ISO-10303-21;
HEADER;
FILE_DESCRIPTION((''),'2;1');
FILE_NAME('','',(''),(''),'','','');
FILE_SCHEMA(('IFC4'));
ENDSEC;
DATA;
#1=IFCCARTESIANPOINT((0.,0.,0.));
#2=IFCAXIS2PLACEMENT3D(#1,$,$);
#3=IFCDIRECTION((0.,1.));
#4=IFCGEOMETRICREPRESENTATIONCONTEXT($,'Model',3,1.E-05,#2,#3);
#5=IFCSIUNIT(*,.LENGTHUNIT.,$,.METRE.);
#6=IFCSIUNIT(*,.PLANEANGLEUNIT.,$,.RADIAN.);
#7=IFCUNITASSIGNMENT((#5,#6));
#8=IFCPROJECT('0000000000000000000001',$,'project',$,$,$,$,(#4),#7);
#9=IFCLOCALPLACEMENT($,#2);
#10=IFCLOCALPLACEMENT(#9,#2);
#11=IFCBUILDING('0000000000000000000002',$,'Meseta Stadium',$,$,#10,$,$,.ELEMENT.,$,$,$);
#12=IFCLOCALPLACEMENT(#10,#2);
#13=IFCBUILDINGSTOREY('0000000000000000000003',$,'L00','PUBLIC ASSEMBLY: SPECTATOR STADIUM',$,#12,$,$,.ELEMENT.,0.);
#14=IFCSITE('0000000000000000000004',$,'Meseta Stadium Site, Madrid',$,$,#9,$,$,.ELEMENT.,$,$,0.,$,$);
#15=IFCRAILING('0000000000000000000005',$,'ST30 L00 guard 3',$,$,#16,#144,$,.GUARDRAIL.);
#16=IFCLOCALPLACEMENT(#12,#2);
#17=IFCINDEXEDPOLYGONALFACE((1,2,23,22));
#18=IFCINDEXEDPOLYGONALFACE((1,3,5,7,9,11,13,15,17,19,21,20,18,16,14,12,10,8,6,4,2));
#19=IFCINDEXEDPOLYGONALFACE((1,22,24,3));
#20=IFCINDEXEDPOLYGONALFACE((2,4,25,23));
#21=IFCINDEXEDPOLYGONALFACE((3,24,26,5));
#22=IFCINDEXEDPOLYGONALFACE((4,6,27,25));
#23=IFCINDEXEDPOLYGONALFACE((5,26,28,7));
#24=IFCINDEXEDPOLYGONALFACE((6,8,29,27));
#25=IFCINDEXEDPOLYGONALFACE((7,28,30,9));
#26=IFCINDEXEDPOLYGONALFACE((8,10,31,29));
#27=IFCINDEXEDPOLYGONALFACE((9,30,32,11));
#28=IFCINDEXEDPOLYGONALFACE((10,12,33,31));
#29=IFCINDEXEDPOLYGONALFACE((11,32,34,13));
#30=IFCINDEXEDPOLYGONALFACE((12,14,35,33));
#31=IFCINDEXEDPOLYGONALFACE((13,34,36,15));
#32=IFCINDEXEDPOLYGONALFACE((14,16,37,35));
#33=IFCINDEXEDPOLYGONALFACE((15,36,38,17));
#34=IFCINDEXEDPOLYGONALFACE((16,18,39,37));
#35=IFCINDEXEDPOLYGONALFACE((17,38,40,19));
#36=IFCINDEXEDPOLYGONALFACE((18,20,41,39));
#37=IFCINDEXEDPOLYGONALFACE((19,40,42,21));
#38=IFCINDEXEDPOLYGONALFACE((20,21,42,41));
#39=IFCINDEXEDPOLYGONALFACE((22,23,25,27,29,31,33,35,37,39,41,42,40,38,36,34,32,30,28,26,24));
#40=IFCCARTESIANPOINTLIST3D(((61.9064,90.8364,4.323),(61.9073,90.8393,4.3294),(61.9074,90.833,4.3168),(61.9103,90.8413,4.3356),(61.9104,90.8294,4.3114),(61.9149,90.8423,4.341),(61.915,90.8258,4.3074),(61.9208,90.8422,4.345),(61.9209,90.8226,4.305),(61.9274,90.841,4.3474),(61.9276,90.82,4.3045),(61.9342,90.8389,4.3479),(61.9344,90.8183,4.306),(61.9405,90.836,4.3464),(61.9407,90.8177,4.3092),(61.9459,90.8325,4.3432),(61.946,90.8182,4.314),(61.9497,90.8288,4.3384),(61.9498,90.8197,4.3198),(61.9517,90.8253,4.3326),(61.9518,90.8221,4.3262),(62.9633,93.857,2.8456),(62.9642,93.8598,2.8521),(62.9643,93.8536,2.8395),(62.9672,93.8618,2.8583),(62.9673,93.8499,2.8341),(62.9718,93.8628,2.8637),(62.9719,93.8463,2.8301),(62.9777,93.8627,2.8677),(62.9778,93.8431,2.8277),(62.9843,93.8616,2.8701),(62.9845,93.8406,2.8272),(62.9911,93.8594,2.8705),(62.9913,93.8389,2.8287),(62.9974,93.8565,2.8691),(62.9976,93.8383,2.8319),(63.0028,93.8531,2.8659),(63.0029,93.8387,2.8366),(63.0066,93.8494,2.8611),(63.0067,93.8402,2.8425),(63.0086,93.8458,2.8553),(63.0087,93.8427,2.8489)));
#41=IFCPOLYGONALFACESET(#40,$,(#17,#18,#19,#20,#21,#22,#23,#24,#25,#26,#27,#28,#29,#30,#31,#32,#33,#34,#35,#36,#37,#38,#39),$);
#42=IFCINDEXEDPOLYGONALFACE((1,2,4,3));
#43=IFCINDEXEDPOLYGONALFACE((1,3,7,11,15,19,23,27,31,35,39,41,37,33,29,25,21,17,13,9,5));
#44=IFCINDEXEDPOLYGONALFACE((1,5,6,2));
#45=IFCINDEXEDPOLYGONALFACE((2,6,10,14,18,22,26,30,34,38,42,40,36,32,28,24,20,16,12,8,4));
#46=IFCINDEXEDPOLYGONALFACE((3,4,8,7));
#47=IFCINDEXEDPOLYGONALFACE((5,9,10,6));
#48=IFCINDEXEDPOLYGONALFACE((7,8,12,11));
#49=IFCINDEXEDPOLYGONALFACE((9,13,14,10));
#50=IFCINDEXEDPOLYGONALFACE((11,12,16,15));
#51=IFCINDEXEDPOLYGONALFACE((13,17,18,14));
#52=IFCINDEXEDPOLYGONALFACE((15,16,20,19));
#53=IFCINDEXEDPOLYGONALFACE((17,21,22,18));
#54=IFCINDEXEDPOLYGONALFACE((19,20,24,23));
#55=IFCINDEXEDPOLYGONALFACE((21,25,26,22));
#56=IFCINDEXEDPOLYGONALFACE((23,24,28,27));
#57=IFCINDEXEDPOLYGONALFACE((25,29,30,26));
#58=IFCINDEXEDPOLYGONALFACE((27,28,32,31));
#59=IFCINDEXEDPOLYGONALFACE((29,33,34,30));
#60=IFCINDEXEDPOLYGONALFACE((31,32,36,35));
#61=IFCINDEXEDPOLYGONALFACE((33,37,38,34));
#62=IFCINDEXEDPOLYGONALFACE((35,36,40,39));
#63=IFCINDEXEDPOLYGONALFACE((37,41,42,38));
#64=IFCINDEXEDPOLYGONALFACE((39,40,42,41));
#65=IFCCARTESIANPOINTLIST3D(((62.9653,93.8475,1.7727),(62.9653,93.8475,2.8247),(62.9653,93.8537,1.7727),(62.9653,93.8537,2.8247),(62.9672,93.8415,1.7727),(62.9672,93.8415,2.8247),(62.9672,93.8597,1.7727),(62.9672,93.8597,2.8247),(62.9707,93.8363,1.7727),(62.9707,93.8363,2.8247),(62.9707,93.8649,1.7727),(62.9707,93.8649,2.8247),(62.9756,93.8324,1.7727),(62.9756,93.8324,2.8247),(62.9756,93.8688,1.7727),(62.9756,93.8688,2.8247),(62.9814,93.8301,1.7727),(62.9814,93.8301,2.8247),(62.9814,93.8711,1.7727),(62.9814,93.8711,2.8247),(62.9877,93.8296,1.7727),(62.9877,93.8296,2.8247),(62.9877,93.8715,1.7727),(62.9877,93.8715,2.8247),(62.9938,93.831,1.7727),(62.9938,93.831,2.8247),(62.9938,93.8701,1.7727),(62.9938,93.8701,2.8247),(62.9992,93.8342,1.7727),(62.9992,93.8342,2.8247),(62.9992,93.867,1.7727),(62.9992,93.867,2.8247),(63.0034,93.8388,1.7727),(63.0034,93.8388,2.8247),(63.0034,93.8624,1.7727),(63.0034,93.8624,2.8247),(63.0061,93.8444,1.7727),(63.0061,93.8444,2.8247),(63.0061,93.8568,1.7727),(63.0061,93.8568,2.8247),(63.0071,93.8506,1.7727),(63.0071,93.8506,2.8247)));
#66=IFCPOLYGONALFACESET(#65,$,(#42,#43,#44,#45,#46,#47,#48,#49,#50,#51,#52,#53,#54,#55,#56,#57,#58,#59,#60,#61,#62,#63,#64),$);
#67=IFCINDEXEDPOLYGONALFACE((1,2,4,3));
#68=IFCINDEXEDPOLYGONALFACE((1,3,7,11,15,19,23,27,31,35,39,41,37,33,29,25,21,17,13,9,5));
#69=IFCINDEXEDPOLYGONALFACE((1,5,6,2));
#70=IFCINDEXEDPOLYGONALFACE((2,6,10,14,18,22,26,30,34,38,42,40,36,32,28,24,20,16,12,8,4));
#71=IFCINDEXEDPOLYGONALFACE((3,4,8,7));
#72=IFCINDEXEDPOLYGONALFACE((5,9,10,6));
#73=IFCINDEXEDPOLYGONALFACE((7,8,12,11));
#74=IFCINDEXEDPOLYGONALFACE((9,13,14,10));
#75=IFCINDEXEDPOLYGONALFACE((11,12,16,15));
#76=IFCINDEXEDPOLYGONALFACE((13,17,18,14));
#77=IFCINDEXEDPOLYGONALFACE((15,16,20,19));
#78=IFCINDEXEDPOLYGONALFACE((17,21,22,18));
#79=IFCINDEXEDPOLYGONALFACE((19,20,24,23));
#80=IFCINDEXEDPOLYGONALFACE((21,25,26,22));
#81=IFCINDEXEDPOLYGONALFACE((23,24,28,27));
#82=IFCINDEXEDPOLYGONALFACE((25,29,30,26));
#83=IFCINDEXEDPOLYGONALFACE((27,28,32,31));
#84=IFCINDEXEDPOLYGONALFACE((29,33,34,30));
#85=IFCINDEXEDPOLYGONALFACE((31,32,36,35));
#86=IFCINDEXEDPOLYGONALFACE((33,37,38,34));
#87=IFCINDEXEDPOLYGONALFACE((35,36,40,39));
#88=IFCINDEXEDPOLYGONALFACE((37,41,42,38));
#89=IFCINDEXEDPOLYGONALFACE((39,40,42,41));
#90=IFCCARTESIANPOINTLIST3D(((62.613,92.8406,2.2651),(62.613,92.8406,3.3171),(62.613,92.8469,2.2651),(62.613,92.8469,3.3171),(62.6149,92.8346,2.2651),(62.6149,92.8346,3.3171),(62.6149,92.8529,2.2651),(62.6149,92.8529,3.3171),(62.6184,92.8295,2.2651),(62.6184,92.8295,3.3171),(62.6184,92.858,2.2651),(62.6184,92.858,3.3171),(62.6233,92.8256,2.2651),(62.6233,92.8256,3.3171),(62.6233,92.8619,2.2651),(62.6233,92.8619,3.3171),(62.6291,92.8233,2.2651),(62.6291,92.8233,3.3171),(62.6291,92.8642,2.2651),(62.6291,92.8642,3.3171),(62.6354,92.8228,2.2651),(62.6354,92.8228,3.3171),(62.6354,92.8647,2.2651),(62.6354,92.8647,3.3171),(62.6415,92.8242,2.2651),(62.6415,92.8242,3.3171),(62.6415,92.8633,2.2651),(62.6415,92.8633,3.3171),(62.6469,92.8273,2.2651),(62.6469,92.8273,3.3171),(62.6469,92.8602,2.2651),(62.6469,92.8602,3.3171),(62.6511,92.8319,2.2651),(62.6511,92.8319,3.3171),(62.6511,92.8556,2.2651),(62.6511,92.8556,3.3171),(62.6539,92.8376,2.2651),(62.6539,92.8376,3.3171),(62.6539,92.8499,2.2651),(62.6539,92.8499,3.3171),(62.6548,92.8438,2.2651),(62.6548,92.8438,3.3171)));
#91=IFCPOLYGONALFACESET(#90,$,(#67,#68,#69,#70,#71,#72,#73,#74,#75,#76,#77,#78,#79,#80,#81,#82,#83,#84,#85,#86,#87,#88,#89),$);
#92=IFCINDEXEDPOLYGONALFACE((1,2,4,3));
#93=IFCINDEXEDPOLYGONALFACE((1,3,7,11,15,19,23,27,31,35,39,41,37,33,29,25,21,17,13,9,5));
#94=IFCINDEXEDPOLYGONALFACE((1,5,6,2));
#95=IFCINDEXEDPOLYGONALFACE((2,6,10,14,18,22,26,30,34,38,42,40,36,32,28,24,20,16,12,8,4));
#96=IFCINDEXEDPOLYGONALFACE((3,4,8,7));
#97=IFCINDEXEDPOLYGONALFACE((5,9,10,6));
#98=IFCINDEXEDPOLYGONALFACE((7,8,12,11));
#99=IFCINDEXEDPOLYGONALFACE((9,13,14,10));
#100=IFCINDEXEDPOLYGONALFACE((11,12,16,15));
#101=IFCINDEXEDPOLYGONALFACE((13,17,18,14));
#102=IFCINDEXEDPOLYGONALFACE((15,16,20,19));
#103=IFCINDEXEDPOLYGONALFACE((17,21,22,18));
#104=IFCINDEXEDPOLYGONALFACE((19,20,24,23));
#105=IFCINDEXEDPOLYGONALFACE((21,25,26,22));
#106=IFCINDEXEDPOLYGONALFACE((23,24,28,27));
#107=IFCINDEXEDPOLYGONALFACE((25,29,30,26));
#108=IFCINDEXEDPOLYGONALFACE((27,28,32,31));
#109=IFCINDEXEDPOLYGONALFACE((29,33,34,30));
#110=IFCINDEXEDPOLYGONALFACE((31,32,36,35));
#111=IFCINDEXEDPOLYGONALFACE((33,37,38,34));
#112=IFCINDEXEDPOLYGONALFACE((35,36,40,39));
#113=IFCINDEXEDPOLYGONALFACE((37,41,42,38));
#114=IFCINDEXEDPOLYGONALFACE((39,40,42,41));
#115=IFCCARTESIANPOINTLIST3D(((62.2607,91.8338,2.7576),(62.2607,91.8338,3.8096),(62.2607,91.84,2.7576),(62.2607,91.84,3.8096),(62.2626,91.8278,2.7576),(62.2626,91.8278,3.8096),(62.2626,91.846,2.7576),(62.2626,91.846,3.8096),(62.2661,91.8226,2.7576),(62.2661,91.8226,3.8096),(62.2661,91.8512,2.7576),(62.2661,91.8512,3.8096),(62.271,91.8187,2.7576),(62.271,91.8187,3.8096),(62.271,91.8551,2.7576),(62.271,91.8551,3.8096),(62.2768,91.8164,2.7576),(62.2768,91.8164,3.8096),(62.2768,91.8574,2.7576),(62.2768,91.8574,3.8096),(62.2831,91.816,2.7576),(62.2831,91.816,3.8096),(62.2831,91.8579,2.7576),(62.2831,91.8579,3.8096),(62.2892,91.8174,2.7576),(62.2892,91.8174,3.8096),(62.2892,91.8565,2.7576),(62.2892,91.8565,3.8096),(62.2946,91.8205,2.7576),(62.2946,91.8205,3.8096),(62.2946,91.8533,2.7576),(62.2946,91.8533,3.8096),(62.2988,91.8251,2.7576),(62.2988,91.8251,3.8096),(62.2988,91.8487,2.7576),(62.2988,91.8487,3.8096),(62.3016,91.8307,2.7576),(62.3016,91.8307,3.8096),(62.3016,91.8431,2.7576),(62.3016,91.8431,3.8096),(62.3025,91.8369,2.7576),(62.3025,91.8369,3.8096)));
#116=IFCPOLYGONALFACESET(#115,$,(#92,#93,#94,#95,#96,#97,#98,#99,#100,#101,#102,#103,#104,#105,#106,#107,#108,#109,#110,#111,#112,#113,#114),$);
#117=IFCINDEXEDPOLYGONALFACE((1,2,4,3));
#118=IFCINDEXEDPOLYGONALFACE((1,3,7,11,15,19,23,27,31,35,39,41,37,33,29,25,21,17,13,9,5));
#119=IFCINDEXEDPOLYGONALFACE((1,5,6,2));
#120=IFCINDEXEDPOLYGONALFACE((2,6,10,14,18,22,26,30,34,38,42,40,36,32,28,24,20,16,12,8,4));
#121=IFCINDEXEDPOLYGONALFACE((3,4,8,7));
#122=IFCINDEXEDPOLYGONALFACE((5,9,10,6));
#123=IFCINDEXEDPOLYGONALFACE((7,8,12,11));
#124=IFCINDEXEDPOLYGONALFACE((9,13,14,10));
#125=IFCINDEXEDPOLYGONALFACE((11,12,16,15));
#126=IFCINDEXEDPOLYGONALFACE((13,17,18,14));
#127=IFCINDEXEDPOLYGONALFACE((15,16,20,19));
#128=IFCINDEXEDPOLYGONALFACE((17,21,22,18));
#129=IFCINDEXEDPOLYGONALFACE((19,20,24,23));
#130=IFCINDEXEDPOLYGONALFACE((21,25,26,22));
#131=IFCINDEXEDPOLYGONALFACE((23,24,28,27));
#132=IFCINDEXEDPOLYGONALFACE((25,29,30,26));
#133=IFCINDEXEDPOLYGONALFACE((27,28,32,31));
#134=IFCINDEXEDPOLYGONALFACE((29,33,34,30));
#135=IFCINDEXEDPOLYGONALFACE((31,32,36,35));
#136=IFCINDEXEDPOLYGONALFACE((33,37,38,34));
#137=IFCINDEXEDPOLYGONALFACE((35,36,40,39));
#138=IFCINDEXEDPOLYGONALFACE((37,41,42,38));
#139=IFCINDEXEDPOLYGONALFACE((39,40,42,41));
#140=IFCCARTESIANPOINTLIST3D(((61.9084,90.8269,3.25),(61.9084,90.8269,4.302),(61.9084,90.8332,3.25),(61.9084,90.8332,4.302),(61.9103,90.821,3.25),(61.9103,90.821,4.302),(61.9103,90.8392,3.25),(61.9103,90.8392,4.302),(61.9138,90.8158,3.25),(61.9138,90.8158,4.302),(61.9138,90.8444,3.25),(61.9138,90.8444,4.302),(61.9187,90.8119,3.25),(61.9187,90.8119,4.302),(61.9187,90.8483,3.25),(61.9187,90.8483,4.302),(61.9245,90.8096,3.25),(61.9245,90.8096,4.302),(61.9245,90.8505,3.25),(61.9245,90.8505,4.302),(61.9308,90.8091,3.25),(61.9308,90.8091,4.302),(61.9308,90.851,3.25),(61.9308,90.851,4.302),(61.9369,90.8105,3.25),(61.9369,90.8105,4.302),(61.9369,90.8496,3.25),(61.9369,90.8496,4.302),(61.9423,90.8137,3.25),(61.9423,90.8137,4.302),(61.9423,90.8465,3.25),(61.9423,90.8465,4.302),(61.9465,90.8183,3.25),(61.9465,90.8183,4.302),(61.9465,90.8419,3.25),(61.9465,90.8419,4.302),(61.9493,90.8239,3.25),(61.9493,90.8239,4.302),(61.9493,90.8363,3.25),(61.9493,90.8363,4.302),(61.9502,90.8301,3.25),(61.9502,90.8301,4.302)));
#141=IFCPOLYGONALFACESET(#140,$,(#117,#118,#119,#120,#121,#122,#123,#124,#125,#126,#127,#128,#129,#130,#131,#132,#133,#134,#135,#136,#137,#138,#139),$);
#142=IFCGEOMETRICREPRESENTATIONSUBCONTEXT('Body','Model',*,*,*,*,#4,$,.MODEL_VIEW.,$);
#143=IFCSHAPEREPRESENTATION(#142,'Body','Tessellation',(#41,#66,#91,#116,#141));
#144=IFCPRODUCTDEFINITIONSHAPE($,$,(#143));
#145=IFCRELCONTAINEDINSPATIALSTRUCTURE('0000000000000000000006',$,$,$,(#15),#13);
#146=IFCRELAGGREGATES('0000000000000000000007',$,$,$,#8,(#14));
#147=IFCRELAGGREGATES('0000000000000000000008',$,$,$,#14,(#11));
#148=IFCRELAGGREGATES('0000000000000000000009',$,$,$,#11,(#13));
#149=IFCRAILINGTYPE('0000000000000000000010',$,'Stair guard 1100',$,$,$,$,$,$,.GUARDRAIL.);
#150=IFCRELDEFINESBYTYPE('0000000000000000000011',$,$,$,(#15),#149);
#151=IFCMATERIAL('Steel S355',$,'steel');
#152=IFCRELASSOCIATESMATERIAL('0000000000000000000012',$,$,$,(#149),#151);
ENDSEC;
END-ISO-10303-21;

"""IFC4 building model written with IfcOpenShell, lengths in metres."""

from ifc_helpers import new_model, si_unit, direction, frame, origin, origin_2d, place, context, subcontext, project, spatial, circle, extrude, material, type_object, element, save


model = new_model("IFC4")

# Units and contexts
model_context = context("Model", 3, precision=1e-05, world=origin(), true_north=direction((0.0, 1.0)))
body_context = subcontext(model_context, "Body", "Model", "MODEL_VIEW")
ifc_project = project(units=[si_unit("LENGTHUNIT", "METRE"), si_unit("PLANEANGLEUNIT", "RADIAN")], contexts=[model_context])

# Site, building, storey
site_placement = place(None, origin())
site = spatial("IfcSite", under=ifc_project, at=site_placement, Name="Meseta Stadium Site, Madrid", CompositionType="ELEMENT", RefElevation=0.0)
building_placement = place(site_placement, origin())
building = spatial("IfcBuilding", under=site, at=building_placement, Name="Meseta Stadium", CompositionType="ELEMENT")
storey_placement = place(building_placement, origin())
storey = spatial("IfcBuildingStorey", under=building, at=storey_placement, Name="L00", Description="PUBLIC ASSEMBLY: SPECTATOR STADIUM", CompositionType="ELEMENT", Elevation=0.0)

# Railing
ifc_material_1 = material(Name="Steel S355", Category="steel")
railing_type_1 = type_object("IfcRailingType", Name="Stair guard 1100", PredefinedType="GUARDRAIL", material=ifc_material_1)
railing_1_placement = place(storey_placement, frame((62.9861, 93.8506, 1.7727)))
element("IfcRailing", 1, at=railing_1_placement, inside=storey, type_object=railing_type_1, Name="ST30 L00 guard 3", PredefinedType="GUARDRAIL", context=body_context, shape_type="SweptSolid", body=[
    extrude(circle(Radius=0.0239, at=origin_2d()), frame((0.0, 0.0, 1.0762), z_axis=(-0.299859, -0.856977, 0.419137), x_axis=(0.943887, -0.330269, 0.0)), (0.0, 0.0, 1.0), 3.5247),
    extrude(circle(Radius=0.021, at=origin_2d()), origin(), (0.0, 0.0, 1.0), 1.052),
    extrude(circle(Radius=0.021, at=origin_2d()), frame((-0.3523, -1.0068, 0.4924)), (0.0, 0.0, 1.0), 1.052),
    extrude(circle(Radius=0.021, at=origin_2d()), frame((-0.7046, -2.0137, 0.9849)), (0.0, 0.0, 1.0), 1.052),
    extrude(circle(Radius=0.021, at=origin_2d()), frame((-1.0569, -3.0205, 1.4773)), (0.0, 0.0, 1.0), 1.052),
])

save(model, "model.ifc")
